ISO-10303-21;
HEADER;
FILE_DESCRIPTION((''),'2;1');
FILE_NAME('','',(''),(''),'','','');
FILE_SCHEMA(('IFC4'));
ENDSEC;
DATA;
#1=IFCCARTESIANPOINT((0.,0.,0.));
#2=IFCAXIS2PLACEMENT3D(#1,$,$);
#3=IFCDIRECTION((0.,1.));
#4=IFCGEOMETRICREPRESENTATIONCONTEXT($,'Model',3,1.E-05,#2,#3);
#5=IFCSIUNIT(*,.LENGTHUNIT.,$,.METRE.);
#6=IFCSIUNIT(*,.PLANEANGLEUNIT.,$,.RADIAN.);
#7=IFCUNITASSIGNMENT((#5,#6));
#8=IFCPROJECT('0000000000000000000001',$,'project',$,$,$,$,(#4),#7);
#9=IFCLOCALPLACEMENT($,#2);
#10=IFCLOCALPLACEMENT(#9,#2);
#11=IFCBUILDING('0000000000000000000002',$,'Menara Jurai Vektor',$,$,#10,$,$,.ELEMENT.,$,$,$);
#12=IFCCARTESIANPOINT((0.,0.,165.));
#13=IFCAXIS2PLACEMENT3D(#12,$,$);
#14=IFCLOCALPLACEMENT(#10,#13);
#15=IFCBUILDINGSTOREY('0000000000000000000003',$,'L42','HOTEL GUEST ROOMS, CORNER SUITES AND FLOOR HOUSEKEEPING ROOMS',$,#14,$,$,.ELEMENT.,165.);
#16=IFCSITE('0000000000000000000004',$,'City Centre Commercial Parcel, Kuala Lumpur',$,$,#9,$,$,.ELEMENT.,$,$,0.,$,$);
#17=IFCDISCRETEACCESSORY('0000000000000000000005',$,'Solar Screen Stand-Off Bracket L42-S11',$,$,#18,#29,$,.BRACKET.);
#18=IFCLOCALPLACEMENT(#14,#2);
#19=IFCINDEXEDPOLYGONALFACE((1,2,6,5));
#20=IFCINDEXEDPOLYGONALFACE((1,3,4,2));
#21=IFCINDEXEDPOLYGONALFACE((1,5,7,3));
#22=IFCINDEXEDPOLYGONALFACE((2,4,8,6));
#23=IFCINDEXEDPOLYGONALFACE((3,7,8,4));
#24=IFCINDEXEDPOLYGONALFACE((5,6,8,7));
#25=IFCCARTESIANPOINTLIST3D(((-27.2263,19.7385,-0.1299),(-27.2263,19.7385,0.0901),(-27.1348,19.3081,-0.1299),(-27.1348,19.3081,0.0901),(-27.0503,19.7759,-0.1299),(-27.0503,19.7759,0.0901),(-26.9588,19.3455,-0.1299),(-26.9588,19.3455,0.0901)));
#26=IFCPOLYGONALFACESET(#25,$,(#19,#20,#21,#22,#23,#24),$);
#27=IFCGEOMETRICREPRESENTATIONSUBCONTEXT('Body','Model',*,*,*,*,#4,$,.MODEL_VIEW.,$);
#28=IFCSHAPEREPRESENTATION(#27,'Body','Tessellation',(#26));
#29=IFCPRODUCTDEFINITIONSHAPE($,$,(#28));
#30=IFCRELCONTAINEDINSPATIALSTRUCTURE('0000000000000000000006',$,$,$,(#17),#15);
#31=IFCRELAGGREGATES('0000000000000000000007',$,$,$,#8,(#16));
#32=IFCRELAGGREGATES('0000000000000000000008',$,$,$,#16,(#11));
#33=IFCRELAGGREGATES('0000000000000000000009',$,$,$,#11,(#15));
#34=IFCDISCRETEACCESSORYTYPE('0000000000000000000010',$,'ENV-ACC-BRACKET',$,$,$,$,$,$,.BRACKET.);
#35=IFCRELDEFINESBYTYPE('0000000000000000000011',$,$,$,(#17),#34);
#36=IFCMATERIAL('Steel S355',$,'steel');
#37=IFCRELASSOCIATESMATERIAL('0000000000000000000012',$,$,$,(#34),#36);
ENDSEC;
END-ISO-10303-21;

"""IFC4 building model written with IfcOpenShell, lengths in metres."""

from ifc_helpers import new_model, si_unit, direction, frame, origin, origin_2d, place, context, subcontext, project, spatial, rectangle, extrude, material, type_object, element, save


model = new_model("IFC4")

# Units and contexts
model_context = context("Model", 3, precision=1e-05, world=origin(), true_north=direction((0.0, 1.0)))
body_context = subcontext(model_context, "Body", "Model", "MODEL_VIEW")
ifc_project = project(units=[si_unit("LENGTHUNIT", "METRE"), si_unit("PLANEANGLEUNIT", "RADIAN")], contexts=[model_context])

# Site, building, storey
site_placement = place(None, origin())
site = spatial("IfcSite", under=ifc_project, at=site_placement, Name="City Centre Commercial Parcel, Kuala Lumpur", CompositionType="ELEMENT", RefElevation=0.0)
building_placement = place(site_placement, origin())
building = spatial("IfcBuilding", under=site, at=building_placement, Name="Menara Jurai Vektor", CompositionType="ELEMENT")
storey_placement = place(building_placement, frame((0.0, 0.0, 165.0)))
storey = spatial("IfcBuildingStorey", under=building, at=storey_placement, Name="L42", Description="HOTEL GUEST ROOMS, CORNER SUITES AND FLOOR HOUSEKEEPING ROOMS", CompositionType="ELEMENT", Elevation=165.0)

# Shared definitions
ifc_material_1 = material(Name="Steel S355", Category="steel")

# Discrete accessory
discrete_accessory_type = type_object("IfcDiscreteAccessoryType", Name="ENV-ACC-BRACKET", PredefinedType="BRACKET", material=ifc_material_1)
discrete_accessory_placement = place(storey_placement, frame((-27.0925, 19.542, -0.1299), z_axis=(0.0, 0.0, 1.0), x_axis=(-0.978148, -0.207912, 0.0)))
element("IfcDiscreteAccessory", 1, at=discrete_accessory_placement, inside=storey, type_object=discrete_accessory_type, Name="Solar Screen Stand-Off Bracket L42-S11", PredefinedType="BRACKET", context=body_context, shape_type="SweptSolid", body=[
    extrude(rectangle(XDim=0.1799, YDim=0.4399, at=origin_2d()), origin(), (0.0, 0.0, 1.0), 0.22),
])

save(model, "model.ifc")
